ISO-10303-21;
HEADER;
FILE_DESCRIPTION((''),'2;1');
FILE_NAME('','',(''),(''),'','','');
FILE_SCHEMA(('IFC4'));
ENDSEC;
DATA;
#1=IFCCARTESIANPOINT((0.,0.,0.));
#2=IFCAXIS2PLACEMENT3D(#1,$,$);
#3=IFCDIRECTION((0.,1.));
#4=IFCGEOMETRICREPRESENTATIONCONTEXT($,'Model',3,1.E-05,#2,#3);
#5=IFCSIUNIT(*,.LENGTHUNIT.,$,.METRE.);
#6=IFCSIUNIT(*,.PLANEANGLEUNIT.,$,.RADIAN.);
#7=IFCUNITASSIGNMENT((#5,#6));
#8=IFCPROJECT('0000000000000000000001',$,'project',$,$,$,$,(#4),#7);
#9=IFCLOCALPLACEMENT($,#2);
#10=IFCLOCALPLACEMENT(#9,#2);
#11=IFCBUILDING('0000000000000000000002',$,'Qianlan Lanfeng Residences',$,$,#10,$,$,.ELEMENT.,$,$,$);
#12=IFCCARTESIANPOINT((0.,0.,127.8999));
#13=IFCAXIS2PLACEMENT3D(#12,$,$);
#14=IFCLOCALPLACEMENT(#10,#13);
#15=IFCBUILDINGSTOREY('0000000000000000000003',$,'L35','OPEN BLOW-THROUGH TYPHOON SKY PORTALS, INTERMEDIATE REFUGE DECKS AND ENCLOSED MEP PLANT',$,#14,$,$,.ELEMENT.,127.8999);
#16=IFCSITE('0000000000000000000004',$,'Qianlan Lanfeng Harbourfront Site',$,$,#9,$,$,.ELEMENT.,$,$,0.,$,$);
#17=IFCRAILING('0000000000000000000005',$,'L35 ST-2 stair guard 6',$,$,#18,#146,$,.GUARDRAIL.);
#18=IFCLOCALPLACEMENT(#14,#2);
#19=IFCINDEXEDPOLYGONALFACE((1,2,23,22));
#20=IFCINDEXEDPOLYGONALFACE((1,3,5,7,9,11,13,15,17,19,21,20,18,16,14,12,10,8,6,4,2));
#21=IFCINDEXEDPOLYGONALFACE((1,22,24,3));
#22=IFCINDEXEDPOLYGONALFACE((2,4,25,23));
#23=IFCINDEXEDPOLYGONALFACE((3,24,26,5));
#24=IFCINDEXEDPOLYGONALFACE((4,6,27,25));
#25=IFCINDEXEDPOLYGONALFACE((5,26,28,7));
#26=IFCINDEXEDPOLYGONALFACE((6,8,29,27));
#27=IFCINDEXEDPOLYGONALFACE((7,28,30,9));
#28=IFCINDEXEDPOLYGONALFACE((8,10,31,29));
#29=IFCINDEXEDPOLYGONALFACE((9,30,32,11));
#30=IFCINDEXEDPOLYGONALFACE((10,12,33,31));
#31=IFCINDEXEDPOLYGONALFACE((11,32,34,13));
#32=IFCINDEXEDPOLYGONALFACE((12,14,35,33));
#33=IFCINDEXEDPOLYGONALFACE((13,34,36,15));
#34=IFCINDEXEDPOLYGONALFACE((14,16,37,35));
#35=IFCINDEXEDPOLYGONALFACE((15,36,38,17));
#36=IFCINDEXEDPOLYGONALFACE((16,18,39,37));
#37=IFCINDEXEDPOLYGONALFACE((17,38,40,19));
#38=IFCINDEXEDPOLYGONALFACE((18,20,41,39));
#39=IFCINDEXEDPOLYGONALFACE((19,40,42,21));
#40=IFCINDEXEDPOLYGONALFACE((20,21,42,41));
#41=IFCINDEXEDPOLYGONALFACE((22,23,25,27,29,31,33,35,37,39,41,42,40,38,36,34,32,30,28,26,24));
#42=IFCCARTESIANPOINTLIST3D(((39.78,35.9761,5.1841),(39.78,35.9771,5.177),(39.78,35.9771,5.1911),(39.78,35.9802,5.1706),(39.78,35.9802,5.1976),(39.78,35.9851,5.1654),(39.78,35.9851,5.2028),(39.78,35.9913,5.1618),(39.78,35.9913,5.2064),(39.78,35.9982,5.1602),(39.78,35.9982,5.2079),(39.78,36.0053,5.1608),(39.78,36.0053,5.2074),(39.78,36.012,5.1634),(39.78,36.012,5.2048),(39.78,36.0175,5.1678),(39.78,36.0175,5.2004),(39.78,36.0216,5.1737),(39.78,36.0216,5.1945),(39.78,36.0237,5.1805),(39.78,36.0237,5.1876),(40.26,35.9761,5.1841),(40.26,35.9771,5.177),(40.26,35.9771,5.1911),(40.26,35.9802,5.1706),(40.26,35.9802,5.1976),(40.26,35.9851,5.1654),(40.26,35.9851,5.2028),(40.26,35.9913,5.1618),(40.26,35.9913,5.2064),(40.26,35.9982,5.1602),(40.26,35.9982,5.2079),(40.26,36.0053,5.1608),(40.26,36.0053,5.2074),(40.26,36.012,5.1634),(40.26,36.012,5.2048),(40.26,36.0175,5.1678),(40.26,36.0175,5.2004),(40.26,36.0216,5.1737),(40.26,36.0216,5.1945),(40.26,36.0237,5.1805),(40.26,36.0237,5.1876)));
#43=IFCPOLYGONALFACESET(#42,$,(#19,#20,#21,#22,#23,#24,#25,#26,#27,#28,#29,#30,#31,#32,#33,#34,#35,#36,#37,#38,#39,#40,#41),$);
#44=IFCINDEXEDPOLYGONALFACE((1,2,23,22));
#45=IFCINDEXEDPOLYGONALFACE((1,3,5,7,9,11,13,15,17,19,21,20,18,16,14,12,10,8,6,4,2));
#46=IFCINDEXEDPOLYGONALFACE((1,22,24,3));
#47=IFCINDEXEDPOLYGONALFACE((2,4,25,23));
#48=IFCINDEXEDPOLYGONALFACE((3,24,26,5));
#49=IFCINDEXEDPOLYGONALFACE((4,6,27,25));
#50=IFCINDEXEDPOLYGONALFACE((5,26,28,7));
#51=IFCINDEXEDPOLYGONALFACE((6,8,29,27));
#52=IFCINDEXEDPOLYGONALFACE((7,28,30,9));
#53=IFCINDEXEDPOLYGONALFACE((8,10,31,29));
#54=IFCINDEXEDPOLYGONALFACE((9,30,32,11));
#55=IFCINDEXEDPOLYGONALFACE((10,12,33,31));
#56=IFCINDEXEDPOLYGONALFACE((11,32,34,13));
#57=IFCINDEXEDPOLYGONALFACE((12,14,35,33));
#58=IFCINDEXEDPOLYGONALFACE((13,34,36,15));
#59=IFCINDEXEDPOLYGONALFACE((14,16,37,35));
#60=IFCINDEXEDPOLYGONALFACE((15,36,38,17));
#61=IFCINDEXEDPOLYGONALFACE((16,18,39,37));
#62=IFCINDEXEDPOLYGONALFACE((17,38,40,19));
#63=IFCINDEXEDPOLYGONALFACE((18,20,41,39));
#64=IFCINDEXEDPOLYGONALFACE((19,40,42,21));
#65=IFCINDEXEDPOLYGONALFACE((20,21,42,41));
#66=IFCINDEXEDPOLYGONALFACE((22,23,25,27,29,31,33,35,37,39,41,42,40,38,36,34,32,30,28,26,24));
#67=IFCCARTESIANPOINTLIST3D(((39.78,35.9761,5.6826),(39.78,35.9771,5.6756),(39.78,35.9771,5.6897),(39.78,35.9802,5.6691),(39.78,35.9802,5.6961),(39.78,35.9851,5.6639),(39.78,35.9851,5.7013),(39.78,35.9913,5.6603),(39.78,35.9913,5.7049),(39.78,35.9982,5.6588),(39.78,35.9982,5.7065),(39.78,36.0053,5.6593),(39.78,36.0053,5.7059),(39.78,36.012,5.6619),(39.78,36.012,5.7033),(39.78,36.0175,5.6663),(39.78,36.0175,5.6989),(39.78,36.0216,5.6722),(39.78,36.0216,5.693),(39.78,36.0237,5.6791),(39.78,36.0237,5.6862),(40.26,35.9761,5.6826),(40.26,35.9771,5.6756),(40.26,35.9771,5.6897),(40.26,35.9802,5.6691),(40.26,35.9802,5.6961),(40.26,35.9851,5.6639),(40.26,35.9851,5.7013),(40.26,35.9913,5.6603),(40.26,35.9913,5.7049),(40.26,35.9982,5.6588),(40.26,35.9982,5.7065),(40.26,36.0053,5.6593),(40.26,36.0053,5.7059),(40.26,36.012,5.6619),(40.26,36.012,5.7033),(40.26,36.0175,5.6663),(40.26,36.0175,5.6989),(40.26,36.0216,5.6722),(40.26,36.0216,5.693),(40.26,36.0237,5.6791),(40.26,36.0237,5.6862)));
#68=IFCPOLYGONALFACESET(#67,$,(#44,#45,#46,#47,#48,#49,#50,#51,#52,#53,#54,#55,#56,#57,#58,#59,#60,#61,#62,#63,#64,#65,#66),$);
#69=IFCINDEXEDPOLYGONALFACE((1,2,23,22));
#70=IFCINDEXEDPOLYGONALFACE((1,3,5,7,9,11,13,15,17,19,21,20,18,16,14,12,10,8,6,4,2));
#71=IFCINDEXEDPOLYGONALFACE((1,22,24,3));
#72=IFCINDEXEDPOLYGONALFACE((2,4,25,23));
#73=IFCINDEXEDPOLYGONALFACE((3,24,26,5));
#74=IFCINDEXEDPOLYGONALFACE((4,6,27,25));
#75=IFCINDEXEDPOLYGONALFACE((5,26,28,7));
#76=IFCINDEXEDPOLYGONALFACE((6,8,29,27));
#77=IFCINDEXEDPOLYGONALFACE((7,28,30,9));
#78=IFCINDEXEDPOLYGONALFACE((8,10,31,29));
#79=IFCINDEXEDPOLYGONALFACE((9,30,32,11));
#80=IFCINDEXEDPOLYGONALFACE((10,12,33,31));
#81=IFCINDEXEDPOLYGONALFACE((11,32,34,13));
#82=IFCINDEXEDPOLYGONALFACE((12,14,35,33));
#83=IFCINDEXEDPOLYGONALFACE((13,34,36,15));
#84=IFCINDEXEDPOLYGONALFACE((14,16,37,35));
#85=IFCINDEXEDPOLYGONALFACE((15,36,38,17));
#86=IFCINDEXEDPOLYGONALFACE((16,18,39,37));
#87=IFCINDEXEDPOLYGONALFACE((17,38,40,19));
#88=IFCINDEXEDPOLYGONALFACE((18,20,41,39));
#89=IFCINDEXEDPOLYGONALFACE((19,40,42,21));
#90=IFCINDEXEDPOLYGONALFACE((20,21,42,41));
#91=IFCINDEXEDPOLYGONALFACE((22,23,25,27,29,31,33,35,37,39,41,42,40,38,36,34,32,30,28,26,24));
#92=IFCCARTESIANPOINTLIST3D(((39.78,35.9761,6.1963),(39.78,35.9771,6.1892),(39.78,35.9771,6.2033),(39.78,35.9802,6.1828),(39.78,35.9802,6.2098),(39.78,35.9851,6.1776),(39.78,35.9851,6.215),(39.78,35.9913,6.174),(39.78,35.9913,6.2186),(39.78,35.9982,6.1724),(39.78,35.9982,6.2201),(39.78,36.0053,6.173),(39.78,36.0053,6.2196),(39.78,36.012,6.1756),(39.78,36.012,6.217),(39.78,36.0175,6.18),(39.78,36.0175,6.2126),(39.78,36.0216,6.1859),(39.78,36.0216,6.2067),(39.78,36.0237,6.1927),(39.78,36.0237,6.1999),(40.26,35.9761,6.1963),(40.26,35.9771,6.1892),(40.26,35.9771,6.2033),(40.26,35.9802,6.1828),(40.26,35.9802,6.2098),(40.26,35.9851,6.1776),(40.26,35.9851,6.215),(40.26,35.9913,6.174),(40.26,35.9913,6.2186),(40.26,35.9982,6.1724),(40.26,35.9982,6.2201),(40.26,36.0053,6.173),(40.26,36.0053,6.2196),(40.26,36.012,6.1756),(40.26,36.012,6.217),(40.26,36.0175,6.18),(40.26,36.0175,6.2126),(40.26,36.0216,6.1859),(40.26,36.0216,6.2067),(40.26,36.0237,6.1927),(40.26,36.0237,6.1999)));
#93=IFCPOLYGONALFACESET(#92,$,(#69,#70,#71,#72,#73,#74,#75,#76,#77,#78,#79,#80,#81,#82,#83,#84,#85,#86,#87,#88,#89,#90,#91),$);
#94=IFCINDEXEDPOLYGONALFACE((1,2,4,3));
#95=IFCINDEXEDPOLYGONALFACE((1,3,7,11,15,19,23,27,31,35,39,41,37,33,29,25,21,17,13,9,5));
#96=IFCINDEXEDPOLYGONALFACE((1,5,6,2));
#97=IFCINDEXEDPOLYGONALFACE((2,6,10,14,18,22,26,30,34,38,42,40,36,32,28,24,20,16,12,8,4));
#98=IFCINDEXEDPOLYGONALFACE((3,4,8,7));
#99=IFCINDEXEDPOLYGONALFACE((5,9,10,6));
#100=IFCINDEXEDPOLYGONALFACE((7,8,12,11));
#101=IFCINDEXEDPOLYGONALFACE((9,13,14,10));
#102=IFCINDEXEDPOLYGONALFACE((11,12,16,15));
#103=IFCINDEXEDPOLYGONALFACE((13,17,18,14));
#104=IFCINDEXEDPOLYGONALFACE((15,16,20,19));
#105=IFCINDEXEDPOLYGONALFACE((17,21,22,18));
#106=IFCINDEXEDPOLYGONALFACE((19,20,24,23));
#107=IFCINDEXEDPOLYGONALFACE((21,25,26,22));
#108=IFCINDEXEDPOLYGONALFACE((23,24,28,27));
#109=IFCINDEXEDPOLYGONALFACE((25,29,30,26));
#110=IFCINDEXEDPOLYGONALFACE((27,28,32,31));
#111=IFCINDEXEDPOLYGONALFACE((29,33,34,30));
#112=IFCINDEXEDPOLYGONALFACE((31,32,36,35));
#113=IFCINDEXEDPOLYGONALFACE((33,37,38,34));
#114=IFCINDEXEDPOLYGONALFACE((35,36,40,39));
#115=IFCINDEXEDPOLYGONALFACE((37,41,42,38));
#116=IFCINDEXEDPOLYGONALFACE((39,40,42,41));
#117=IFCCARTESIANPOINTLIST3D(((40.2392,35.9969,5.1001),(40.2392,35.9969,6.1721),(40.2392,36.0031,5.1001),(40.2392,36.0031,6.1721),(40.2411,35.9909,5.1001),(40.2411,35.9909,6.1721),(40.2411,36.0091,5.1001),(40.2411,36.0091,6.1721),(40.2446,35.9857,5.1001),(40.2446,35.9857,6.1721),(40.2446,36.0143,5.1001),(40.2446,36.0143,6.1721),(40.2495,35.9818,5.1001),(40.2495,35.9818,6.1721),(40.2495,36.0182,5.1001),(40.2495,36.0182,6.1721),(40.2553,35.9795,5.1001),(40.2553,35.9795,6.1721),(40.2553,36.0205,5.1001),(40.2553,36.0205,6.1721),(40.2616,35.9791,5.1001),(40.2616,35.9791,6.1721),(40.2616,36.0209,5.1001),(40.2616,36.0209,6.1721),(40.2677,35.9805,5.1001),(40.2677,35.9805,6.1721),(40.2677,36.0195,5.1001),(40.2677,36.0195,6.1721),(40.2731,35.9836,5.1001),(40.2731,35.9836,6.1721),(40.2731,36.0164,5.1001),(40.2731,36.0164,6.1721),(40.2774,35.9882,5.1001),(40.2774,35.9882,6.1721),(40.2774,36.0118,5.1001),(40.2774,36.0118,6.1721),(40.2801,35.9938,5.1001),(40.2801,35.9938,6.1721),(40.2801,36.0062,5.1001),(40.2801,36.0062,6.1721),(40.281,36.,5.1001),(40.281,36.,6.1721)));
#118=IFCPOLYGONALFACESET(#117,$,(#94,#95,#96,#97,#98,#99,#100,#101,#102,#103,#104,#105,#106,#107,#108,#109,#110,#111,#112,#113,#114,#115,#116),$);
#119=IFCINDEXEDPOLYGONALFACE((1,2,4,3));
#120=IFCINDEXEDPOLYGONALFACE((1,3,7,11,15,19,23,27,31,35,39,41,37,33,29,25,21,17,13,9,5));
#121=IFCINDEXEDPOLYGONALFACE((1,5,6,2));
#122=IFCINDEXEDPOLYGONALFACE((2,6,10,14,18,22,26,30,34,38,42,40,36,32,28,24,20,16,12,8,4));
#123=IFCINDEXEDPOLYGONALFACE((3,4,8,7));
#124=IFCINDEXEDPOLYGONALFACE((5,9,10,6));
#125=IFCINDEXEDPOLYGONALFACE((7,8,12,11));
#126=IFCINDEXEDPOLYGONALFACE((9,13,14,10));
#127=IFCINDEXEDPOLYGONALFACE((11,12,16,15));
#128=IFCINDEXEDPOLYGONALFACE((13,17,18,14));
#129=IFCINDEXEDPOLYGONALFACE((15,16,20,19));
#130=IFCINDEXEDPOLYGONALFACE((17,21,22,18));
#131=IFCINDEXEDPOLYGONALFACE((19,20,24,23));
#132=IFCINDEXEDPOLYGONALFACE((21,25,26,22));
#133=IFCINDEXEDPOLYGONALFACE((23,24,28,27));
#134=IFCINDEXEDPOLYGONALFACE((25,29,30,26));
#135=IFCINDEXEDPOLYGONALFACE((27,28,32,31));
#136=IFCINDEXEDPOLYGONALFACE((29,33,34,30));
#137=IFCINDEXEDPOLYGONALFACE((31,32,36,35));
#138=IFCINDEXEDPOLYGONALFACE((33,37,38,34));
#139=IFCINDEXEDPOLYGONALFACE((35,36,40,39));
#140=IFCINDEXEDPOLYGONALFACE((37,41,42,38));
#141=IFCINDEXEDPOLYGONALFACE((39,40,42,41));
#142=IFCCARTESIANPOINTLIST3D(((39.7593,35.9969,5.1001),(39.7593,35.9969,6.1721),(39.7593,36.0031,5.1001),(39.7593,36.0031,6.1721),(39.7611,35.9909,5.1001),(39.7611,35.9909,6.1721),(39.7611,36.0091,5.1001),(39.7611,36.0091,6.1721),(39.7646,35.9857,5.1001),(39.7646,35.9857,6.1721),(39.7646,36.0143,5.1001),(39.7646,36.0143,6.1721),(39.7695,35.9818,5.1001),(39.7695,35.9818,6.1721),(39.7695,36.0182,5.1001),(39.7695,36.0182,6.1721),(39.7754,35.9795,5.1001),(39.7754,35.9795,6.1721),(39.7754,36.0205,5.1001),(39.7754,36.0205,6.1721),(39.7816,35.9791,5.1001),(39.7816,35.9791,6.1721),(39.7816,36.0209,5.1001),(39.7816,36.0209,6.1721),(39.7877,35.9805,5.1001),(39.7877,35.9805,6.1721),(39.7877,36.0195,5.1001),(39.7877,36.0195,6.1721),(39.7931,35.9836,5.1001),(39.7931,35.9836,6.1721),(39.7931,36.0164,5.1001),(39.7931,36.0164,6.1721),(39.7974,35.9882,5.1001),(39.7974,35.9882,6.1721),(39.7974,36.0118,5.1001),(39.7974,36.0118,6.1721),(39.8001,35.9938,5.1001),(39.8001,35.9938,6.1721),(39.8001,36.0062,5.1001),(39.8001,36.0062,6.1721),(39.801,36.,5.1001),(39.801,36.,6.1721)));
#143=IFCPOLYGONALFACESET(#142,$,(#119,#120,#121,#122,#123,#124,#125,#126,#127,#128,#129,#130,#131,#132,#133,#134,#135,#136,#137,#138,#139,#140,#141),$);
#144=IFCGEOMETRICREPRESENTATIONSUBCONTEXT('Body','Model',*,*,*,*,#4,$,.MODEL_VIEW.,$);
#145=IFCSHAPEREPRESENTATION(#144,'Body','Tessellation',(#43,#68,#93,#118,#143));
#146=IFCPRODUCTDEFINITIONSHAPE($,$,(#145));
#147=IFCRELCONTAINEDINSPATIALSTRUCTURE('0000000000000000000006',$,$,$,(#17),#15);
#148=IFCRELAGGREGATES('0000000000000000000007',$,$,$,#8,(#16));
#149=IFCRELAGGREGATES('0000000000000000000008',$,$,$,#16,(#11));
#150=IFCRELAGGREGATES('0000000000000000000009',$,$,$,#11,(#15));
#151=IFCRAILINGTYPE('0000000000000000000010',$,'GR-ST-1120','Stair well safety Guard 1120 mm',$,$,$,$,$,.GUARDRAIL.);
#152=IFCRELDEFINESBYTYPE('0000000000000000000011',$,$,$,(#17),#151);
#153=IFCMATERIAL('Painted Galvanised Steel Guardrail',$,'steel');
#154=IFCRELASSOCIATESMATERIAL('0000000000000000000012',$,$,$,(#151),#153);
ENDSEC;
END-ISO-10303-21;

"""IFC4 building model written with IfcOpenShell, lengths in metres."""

from ifc_helpers import new_model, si_unit, direction, frame, origin, origin_2d, place, context, subcontext, project, spatial, circle, extrude, material, type_object, element, save


model = new_model("IFC4")

# Units and contexts
model_context = context("Model", 3, precision=1e-05, world=origin(), true_north=direction((0.0, 1.0)))
body_context = subcontext(model_context, "Body", "Model", "MODEL_VIEW")
ifc_project = project(units=[si_unit("LENGTHUNIT", "METRE"), si_unit("PLANEANGLEUNIT", "RADIAN")], contexts=[model_context])

# Site, building, storey
site_placement = place(None, origin())
site = spatial("IfcSite", under=ifc_project, at=site_placement, Name="Qianlan Lanfeng Harbourfront Site", CompositionType="ELEMENT", RefElevation=0.0)
building_placement = place(site_placement, origin())
building = spatial("IfcBuilding", under=site, at=building_placement, Name="Qianlan Lanfeng Residences", CompositionType="ELEMENT")
storey_placement = place(building_placement, frame((0.0, 0.0, 127.8999)))
storey = spatial("IfcBuildingStorey", under=building, at=storey_placement, Name="L35", Description="OPEN BLOW-THROUGH TYPHOON SKY PORTALS, INTERMEDIATE REFUGE DECKS AND ENCLOSED MEP PLANT", CompositionType="ELEMENT", Elevation=127.8999)

# Railing
ifc_material_1 = material(Name="Painted Galvanised Steel Guardrail", Category="steel")
railing_type_1 = type_object("IfcRailingType", Name="GR-ST-1120", Description="Stair well safety Guard 1120 mm", PredefinedType="GUARDRAIL", material=ifc_material_1)
railing_1_placement = place(storey_placement, frame((40.26, 36.0, 5.1001)))
element("IfcRailing", 1, at=railing_1_placement, inside=storey, type_object=railing_type_1, Name="L35 ST-2 stair guard 6", PredefinedType="GUARDRAIL", context=body_context, shape_type="SweptSolid", body=[
    extrude(circle(Radius=0.0239, at=origin_2d()), frame((0.0, 0.0, 0.084), z_axis=(-1.0, 0.0, 0.0), x_axis=(0.0, -1.0, 0.0)), (0.0, 0.0, 1.0), 0.48),
    extrude(circle(Radius=0.0239, at=origin_2d()), frame((0.0, 0.0, 0.5825), z_axis=(-1.0, 0.0, 0.0), x_axis=(0.0, -1.0, 0.0)), (0.0, 0.0, 1.0), 0.48),
    extrude(circle(Radius=0.0239, at=origin_2d()), frame((0.0, 0.0, 1.0962), z_axis=(-1.0, 0.0, 0.0), x_axis=(0.0, -1.0, 0.0)), (0.0, 0.0, 1.0), 0.48),
    extrude(circle(Radius=0.021, at=origin_2d()), origin(), (0.0, 0.0, 1.0), 1.072),
    extrude(circle(Radius=0.021, at=origin_2d()), frame((-0.48, 0.0, 0.0)), (0.0, 0.0, 1.0), 1.072),
])

save(model, "model.ifc")
